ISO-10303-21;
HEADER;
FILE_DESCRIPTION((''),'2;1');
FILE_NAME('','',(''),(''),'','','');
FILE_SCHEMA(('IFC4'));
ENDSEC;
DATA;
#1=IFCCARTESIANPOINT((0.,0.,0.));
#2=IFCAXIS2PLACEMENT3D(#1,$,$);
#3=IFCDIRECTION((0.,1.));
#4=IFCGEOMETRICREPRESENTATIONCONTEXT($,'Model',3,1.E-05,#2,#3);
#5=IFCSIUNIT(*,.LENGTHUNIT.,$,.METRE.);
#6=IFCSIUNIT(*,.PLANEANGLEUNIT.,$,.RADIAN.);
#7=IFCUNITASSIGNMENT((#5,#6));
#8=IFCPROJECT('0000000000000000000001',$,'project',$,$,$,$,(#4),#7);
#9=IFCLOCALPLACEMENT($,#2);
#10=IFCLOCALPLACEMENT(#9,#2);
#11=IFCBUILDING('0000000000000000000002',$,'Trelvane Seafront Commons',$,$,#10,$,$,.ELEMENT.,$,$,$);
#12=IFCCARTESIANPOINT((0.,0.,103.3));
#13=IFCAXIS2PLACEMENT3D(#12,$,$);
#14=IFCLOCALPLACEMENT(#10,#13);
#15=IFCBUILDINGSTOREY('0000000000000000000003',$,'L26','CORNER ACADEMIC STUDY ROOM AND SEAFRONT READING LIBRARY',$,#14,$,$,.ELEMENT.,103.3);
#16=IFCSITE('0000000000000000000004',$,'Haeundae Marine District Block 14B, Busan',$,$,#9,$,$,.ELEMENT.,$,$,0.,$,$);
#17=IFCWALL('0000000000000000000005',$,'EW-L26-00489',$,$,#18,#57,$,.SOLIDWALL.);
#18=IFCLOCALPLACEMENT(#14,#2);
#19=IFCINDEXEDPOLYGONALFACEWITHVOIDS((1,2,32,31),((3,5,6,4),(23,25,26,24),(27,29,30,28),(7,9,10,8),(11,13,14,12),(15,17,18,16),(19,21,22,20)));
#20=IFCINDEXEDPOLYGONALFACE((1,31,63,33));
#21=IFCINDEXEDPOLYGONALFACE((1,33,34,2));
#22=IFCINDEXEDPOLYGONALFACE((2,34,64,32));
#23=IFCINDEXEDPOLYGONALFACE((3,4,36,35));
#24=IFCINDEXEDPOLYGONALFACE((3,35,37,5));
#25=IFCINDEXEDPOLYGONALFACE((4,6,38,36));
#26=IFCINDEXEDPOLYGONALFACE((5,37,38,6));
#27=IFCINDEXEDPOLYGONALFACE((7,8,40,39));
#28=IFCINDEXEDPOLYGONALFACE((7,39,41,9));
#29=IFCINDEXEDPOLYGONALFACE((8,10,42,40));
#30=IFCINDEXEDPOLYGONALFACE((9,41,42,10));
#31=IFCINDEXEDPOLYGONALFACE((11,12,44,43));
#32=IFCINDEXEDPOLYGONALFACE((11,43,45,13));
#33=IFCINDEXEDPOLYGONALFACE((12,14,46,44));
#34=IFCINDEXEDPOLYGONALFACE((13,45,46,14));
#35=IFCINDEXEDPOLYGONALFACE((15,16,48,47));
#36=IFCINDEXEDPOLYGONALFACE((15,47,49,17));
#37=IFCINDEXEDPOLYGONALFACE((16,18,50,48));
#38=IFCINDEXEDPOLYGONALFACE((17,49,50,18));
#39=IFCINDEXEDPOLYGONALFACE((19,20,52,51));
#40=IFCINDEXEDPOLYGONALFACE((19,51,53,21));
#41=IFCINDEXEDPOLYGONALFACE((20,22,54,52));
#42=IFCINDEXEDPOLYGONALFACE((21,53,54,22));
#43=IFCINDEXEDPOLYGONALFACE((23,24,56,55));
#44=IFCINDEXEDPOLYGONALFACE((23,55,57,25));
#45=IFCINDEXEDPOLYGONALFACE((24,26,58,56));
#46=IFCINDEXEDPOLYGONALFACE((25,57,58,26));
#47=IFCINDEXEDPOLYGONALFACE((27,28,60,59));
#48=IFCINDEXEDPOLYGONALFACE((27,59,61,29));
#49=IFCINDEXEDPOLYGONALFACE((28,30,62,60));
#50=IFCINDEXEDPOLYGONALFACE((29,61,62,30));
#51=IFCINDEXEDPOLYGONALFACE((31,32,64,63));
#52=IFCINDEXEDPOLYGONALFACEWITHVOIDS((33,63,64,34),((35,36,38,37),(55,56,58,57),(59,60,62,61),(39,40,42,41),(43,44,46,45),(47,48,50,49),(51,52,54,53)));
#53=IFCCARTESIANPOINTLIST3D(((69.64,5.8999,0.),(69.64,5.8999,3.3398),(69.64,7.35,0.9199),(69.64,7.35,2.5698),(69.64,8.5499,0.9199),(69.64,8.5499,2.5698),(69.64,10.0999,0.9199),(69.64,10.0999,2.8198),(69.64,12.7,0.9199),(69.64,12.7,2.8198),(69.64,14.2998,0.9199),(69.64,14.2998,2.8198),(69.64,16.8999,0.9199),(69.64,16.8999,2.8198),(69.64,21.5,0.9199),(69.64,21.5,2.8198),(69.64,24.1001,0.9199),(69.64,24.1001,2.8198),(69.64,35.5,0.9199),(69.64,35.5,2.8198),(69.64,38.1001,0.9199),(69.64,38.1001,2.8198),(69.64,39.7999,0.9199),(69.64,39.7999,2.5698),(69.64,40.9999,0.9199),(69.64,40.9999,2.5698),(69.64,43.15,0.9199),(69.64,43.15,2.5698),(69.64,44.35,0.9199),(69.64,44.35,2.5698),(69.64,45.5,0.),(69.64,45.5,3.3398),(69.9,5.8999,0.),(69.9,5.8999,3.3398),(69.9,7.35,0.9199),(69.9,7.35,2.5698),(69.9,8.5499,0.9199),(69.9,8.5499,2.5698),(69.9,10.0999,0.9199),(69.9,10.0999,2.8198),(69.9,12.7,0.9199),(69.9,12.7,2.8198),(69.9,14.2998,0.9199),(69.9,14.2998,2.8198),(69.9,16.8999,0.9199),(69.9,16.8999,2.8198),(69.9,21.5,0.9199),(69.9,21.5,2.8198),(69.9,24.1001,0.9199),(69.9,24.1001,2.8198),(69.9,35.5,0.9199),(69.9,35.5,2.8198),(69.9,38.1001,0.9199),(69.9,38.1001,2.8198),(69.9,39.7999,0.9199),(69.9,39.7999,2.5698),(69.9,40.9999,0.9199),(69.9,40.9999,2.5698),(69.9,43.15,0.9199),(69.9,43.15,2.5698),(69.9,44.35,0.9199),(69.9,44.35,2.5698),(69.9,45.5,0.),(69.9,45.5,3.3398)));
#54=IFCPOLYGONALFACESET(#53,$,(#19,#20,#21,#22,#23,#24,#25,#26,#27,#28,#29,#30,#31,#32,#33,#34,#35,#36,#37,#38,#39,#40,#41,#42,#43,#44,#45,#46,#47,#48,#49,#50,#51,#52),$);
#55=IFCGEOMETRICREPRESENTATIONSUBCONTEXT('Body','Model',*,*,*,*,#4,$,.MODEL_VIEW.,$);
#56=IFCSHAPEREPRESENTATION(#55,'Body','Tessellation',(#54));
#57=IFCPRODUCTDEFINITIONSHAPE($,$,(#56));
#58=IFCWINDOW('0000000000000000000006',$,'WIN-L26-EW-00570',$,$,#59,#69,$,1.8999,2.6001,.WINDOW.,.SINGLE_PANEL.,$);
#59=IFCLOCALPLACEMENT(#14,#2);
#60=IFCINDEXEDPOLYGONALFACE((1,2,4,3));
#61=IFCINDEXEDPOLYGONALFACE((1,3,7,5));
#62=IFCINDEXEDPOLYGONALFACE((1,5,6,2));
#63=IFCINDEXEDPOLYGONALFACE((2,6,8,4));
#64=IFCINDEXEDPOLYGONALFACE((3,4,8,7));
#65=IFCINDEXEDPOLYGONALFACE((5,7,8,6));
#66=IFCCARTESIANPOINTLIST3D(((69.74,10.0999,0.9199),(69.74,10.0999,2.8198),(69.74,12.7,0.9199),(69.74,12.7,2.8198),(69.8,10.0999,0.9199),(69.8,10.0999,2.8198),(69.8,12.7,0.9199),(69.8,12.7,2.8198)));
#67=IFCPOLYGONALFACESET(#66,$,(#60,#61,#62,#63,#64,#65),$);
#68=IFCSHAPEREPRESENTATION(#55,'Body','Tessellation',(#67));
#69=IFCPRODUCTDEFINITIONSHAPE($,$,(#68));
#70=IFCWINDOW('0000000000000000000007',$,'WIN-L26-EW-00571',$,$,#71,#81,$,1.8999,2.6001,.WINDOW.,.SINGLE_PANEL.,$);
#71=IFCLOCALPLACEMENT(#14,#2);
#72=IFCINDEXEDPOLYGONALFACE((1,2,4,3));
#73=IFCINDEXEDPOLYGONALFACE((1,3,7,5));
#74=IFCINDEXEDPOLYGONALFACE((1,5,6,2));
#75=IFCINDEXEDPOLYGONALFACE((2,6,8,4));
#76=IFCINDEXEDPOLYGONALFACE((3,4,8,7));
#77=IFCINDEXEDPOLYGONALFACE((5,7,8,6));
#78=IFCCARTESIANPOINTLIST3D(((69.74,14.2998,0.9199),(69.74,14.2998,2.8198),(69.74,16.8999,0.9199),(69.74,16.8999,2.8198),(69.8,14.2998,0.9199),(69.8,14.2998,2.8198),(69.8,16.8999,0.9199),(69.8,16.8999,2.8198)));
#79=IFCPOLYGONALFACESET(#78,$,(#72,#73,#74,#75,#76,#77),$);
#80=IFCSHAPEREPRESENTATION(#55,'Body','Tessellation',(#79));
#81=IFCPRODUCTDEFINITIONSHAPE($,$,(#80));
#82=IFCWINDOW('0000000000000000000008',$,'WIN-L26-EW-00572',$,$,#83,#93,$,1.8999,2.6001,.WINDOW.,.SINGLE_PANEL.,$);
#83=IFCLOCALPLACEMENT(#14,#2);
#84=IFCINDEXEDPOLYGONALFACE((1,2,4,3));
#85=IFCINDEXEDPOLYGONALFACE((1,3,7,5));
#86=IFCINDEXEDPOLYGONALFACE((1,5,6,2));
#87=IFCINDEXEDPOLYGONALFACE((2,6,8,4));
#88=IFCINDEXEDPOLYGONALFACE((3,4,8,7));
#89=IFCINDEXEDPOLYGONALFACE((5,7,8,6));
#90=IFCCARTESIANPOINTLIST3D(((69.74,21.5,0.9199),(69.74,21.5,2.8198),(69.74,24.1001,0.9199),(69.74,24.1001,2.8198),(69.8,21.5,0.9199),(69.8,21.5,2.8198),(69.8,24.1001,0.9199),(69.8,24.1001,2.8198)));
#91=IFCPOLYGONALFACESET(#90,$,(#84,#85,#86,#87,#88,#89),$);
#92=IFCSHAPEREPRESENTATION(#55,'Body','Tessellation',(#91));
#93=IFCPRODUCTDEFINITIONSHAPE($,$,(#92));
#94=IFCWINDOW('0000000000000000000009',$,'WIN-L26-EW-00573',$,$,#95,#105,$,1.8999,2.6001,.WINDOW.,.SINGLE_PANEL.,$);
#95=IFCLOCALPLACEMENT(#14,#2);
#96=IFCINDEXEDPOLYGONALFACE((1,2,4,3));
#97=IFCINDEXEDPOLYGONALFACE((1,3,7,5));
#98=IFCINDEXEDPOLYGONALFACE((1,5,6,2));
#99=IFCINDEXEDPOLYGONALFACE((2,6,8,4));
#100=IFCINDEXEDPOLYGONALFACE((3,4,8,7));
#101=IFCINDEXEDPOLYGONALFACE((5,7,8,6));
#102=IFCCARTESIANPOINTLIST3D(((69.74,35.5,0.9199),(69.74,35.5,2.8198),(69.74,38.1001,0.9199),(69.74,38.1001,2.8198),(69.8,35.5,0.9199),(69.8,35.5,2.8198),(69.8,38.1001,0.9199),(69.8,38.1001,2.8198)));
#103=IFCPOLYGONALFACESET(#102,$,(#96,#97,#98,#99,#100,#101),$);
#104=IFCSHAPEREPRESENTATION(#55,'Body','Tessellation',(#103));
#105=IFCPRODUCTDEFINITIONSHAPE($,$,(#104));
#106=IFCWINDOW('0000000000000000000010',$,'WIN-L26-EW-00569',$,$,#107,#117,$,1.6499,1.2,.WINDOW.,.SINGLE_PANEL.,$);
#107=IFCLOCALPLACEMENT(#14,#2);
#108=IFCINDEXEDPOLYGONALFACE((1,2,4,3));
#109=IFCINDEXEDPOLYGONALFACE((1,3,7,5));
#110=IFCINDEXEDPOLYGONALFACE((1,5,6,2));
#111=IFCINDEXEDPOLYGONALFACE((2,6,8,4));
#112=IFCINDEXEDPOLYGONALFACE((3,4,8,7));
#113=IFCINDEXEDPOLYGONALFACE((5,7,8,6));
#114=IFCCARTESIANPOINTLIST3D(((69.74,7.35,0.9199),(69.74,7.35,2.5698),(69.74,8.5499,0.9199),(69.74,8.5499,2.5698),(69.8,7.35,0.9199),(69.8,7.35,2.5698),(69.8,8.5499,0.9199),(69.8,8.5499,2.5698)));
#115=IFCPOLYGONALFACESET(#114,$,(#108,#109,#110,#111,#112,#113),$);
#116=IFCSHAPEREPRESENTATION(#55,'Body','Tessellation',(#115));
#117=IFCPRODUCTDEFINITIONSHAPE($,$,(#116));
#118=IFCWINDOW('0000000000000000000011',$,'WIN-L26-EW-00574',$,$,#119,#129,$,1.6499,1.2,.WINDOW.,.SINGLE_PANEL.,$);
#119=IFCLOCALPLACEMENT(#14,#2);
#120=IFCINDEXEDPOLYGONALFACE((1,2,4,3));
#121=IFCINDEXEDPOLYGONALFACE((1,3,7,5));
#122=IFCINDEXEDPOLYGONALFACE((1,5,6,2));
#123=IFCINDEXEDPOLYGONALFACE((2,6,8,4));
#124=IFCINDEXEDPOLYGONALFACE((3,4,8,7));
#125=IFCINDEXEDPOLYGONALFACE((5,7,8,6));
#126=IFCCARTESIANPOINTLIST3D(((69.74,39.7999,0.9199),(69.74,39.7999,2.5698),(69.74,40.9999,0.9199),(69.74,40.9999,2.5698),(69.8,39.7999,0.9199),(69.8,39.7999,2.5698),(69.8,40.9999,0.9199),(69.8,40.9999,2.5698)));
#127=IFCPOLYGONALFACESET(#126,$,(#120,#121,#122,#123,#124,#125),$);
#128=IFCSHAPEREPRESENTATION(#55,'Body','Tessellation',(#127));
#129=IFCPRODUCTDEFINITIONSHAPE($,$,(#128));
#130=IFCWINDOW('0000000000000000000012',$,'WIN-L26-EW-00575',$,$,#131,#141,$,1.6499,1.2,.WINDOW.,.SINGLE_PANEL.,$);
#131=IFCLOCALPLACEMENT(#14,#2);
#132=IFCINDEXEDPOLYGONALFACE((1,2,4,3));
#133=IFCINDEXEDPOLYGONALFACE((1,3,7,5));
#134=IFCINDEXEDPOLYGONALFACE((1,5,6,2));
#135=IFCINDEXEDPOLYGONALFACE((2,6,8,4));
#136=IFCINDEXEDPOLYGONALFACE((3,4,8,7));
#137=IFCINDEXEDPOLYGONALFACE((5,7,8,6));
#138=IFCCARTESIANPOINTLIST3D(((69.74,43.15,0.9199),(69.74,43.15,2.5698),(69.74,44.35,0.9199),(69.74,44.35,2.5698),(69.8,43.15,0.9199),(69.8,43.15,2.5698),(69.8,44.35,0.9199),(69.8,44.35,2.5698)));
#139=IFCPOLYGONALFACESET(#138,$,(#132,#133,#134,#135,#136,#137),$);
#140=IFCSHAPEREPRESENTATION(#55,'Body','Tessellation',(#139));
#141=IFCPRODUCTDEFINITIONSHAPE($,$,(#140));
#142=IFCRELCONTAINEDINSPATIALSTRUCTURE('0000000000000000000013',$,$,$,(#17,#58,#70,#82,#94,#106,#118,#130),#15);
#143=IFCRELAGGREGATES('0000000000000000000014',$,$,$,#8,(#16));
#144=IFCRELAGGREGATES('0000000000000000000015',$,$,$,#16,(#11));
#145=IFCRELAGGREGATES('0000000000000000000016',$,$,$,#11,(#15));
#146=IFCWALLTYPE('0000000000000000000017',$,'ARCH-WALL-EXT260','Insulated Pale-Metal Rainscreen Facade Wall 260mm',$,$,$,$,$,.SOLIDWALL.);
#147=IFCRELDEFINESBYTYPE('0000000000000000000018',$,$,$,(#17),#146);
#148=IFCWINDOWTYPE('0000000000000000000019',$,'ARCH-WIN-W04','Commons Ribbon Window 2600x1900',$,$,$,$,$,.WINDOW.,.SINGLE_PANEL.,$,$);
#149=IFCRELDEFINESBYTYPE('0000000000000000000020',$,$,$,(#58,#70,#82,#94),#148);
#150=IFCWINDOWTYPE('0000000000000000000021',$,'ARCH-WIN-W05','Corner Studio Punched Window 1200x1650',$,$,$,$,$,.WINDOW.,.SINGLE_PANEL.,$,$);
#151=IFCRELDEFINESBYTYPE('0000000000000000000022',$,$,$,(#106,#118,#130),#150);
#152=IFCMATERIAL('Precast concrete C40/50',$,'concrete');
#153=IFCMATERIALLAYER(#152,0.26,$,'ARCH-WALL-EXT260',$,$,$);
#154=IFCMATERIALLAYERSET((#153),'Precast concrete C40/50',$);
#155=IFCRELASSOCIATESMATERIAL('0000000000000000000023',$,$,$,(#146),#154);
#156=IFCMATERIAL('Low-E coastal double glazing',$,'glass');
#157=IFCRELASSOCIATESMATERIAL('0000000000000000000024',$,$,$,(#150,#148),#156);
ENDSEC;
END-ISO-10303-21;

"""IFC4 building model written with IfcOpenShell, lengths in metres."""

from ifc_helpers import new_model, si_unit, direction, frame, frame_2d, origin, place, context, subcontext, project, spatial, rectangle, extrude, source, transform, mapped, material, layer, layer_set, type_object, element, fill, save


model = new_model("IFC4")

# Units and contexts
model_context = context("Model", 3, precision=1e-05, world=origin(), true_north=direction((0.0, 1.0)))
body_context = subcontext(model_context, "Body", "Model", "MODEL_VIEW")
ifc_project = project(units=[si_unit("LENGTHUNIT", "METRE"), si_unit("PLANEANGLEUNIT", "RADIAN")], contexts=[model_context])

# Site, building, storey
site_placement = place(None, origin())
site = spatial("IfcSite", under=ifc_project, at=site_placement, Name="Haeundae Marine District Block 14B, Busan", CompositionType="ELEMENT", RefElevation=0.0)
building_placement = place(site_placement, origin())
building = spatial("IfcBuilding", under=site, at=building_placement, Name="Trelvane Seafront Commons", CompositionType="ELEMENT")
storey_placement = place(building_placement, frame((0.0, 0.0, 103.3)))
storey = spatial("IfcBuildingStorey", under=building, at=storey_placement, Name="L26", Description="CORNER ACADEMIC STUDY ROOM AND SEAFRONT READING LIBRARY", CompositionType="ELEMENT", Elevation=103.3)

# Shared definitions
ifc_material_1 = material(Name="Low-E coastal double glazing", Category="glass")

# Shared definitions
ifc_material_2 = material(Name="Precast concrete C40/50", Category="concrete")
ifc_layer_1 = layer(ifc_material_2, 0.26, Name="ARCH-WALL-EXT260")
ifc_layer_set_1 = layer_set([ifc_layer_1], Name="Precast concrete C40/50")
wall_type = type_object("IfcWallType", Name="ARCH-WALL-EXT260", Description="Insulated Pale-Metal Rainscreen Facade Wall 260mm", PredefinedType="SOLIDWALL", material=ifc_layer_set_1)
window_type_1 = type_object("IfcWindowType", Name="ARCH-WIN-W05", Description="Corner Studio Punched Window 1200x1650", PartitioningType="SINGLE_PANEL", PredefinedType="WINDOW", material=ifc_material_1)
shared_shape_1 = source(origin(), body_context, "Body", "SweptSolid", [
    extrude(rectangle(XDim=1.2, YDim=1.6499, at=frame_2d((0.6001, 0.825))), frame((0.0, 0.03, 0.0), z_axis=(0.0, -1.0, 0.0), x_axis=(1.0, 0.0, 0.0)), (0.0, 0.0, 1.0), 0.0601),
])

# Wall, openings, windows
wall_1_placement = place(storey_placement, frame((69.77, 45.5, 0.0), z_axis=(0.0, 0.0, 1.0), x_axis=(0.0, -1.0, 0.0)))
wall_1 = element("IfcWall", 1, at=wall_1_placement, inside=storey, type_object=wall_type, Name="EW-L26-00489", PredefinedType="SOLIDWALL", context=body_context, shape_type="SweptSolid", body=[
    extrude(rectangle(XDim=39.6001, YDim=0.26, at=frame_2d((19.8, 0.0))), origin(), (0.0, 0.0, 1.0), 3.3398),
])
opening_1_placement = place(wall_1_placement, frame((36.95, 0.0, 0.9199)))
opening_1 = element("IfcOpeningElement", 2, at=opening_1_placement, cuts=wall_1, PredefinedType="OPENING", context=body_context, shape_type="SweptSolid", body=[
    extrude(rectangle(XDim=1.2, YDim=1.6499, at=frame_2d((0.6001, 0.825))), frame((0.0, 0.1399, 0.0), z_axis=(0.0, -1.0, 0.0), x_axis=(1.0, 0.0, 0.0)), (0.0, 0.0, 1.0), 0.28),
])
opening_2_placement = place(wall_1_placement, frame((32.8, 0.0, 0.9199)))
opening_2 = element("IfcOpeningElement", 3, at=opening_2_placement, cuts=wall_1, PredefinedType="OPENING", context=body_context, shape_type="SweptSolid", body=[
    extrude(rectangle(XDim=2.6001, YDim=1.8999, at=frame_2d((1.3, 0.95))), frame((0.0, 0.1399, 0.0), z_axis=(0.0, -1.0, 0.0), x_axis=(1.0, 0.0, 0.0)), (0.0, 0.0, 1.0), 0.28),
])
opening_3_placement = place(wall_1_placement, frame((28.6001, 0.0, 0.9199)))
opening_3 = element("IfcOpeningElement", 4, at=opening_3_placement, cuts=wall_1, PredefinedType="OPENING", context=body_context, shape_type="SweptSolid", body=[
    extrude(rectangle(XDim=2.6001, YDim=1.8999, at=frame_2d((1.3, 0.95))), frame((0.0, 0.1399, 0.0), z_axis=(0.0, -1.0, 0.0), x_axis=(1.0, 0.0, 0.0)), (0.0, 0.0, 1.0), 0.28),
])
opening_4_placement = place(wall_1_placement, frame((21.3999, 0.0, 0.9199)))
opening_4 = element("IfcOpeningElement", 5, at=opening_4_placement, cuts=wall_1, PredefinedType="OPENING", context=body_context, shape_type="SweptSolid", body=[
    extrude(rectangle(XDim=2.6001, YDim=1.8999, at=frame_2d((1.3, 0.95))), frame((0.0, 0.1399, 0.0), z_axis=(0.0, -1.0, 0.0), x_axis=(1.0, 0.0, 0.0)), (0.0, 0.0, 1.0), 0.28),
])
opening_5_placement = place(wall_1_placement, frame((7.3999, 0.0, 0.9199)))
opening_5 = element("IfcOpeningElement", 6, at=opening_5_placement, cuts=wall_1, PredefinedType="OPENING", context=body_context, shape_type="SweptSolid", body=[
    extrude(rectangle(XDim=2.6001, YDim=1.8999, at=frame_2d((1.3, 0.95))), frame((0.0, 0.1399, 0.0), z_axis=(0.0, -1.0, 0.0), x_axis=(1.0, 0.0, 0.0)), (0.0, 0.0, 1.0), 0.28),
])
opening_6_placement = place(wall_1_placement, frame((4.5, 0.0, 0.9199)))
opening_6 = element("IfcOpeningElement", 7, at=opening_6_placement, cuts=wall_1, PredefinedType="OPENING", context=body_context, shape_type="SweptSolid", body=[
    extrude(rectangle(XDim=1.2, YDim=1.6499, at=frame_2d((0.6001, 0.825))), frame((0.0, 0.1399, 0.0), z_axis=(0.0, -1.0, 0.0), x_axis=(1.0, 0.0, 0.0)), (0.0, 0.0, 1.0), 0.28),
])
opening_7_placement = place(wall_1_placement, frame((1.1499, 0.0, 0.9199)))
opening_7 = element("IfcOpeningElement", 8, at=opening_7_placement, cuts=wall_1, PredefinedType="OPENING", context=body_context, shape_type="SweptSolid", body=[
    extrude(rectangle(XDim=1.2, YDim=1.6499, at=frame_2d((0.6001, 0.825))), frame((0.0, 0.1399, 0.0), z_axis=(0.0, -1.0, 0.0), x_axis=(1.0, 0.0, 0.0)), (0.0, 0.0, 1.0), 0.28),
])
window_type_2 = type_object("IfcWindowType", Name="ARCH-WIN-W04", Description="Commons Ribbon Window 2600x1900", PartitioningType="SINGLE_PANEL", PredefinedType="WINDOW", material=ifc_material_1)
shared_shape_2 = source(origin(), body_context, "Body", "SweptSolid", [
    extrude(rectangle(XDim=2.6001, YDim=1.8999, at=frame_2d((1.3, 0.95))), frame((0.0, 0.03, 0.0), z_axis=(0.0, -1.0, 0.0), x_axis=(1.0, 0.0, 0.0)), (0.0, 0.0, 1.0), 0.0601),
])
window_1_placement = place(opening_2_placement, origin())
window_1 = element("IfcWindow", 9, at=window_1_placement, inside=storey, type_object=window_type_2, Name="WIN-L26-EW-00570", OverallHeight=1.8999, OverallWidth=2.6001, PartitioningType="SINGLE_PANEL", PredefinedType="WINDOW", context=body_context, shape_type="MappedRepresentation", body=[
    mapped(shared_shape_2, transform((0.0, 0.0, 0.0), x_axis=(1.0, 0.0, 0.0), y_axis=(0.0, 1.0, 0.0), z_axis=(0.0, 0.0, 1.0), scale=1.0)),
])
fill(opening_2, window_1)
window_2_placement = place(opening_3_placement, origin())
window_2 = element("IfcWindow", 10, at=window_2_placement, inside=storey, type_object=window_type_2, Name="WIN-L26-EW-00571", OverallHeight=1.8999, OverallWidth=2.6001, PartitioningType="SINGLE_PANEL", PredefinedType="WINDOW", context=body_context, shape_type="MappedRepresentation", body=[
    mapped(shared_shape_2, transform((0.0, 0.0, 0.0), x_axis=(1.0, 0.0, 0.0), y_axis=(0.0, 1.0, 0.0), z_axis=(0.0, 0.0, 1.0), scale=1.0)),
])
fill(opening_3, window_2)
window_3_placement = place(opening_4_placement, origin())
window_3 = element("IfcWindow", 11, at=window_3_placement, inside=storey, type_object=window_type_2, Name="WIN-L26-EW-00572", OverallHeight=1.8999, OverallWidth=2.6001, PartitioningType="SINGLE_PANEL", PredefinedType="WINDOW", context=body_context, shape_type="MappedRepresentation", body=[
    mapped(shared_shape_2, transform((0.0, 0.0, 0.0), x_axis=(1.0, 0.0, 0.0), y_axis=(0.0, 1.0, 0.0), z_axis=(0.0, 0.0, 1.0), scale=1.0)),
])
fill(opening_4, window_3)
window_4_placement = place(opening_5_placement, origin())
window_4 = element("IfcWindow", 12, at=window_4_placement, inside=storey, type_object=window_type_2, Name="WIN-L26-EW-00573", OverallHeight=1.8999, OverallWidth=2.6001, PartitioningType="SINGLE_PANEL", PredefinedType="WINDOW", context=body_context, shape_type="MappedRepresentation", body=[
    mapped(shared_shape_2, transform((0.0, 0.0, 0.0), x_axis=(1.0, 0.0, 0.0), y_axis=(0.0, 1.0, 0.0), z_axis=(0.0, 0.0, 1.0), scale=1.0)),
])
fill(opening_5, window_4)
window_5_placement = place(opening_1_placement, origin())
window_5 = element("IfcWindow", 13, at=window_5_placement, inside=storey, type_object=window_type_1, Name="WIN-L26-EW-00569", OverallHeight=1.6499, OverallWidth=1.2, PartitioningType="SINGLE_PANEL", PredefinedType="WINDOW", context=body_context, shape_type="MappedRepresentation", body=[
    mapped(shared_shape_1, transform((0.0, 0.0, 0.0), x_axis=(1.0, 0.0, 0.0), y_axis=(0.0, 1.0, 0.0), z_axis=(0.0, 0.0, 1.0), scale=1.0)),
])
fill(opening_1, window_5)
window_6_placement = place(opening_6_placement, origin())
window_6 = element("IfcWindow", 14, at=window_6_placement, inside=storey, type_object=window_type_1, Name="WIN-L26-EW-00574", OverallHeight=1.6499, OverallWidth=1.2, PartitioningType="SINGLE_PANEL", PredefinedType="WINDOW", context=body_context, shape_type="MappedRepresentation", body=[
    mapped(shared_shape_1, transform((0.0, 0.0, 0.0), x_axis=(1.0, 0.0, 0.0), y_axis=(0.0, 1.0, 0.0), z_axis=(0.0, 0.0, 1.0), scale=1.0)),
])
fill(opening_6, window_6)
window_7_placement = place(opening_7_placement, origin())
window_7 = element("IfcWindow", 15, at=window_7_placement, inside=storey, type_object=window_type_1, Name="WIN-L26-EW-00575", OverallHeight=1.6499, OverallWidth=1.2, PartitioningType="SINGLE_PANEL", PredefinedType="WINDOW", context=body_context, shape_type="MappedRepresentation", body=[
    mapped(shared_shape_1, transform((0.0, 0.0, 0.0), x_axis=(1.0, 0.0, 0.0), y_axis=(0.0, 1.0, 0.0), z_axis=(0.0, 0.0, 1.0), scale=1.0)),
])
fill(opening_7, window_7)

save(model, "model.ifc")
